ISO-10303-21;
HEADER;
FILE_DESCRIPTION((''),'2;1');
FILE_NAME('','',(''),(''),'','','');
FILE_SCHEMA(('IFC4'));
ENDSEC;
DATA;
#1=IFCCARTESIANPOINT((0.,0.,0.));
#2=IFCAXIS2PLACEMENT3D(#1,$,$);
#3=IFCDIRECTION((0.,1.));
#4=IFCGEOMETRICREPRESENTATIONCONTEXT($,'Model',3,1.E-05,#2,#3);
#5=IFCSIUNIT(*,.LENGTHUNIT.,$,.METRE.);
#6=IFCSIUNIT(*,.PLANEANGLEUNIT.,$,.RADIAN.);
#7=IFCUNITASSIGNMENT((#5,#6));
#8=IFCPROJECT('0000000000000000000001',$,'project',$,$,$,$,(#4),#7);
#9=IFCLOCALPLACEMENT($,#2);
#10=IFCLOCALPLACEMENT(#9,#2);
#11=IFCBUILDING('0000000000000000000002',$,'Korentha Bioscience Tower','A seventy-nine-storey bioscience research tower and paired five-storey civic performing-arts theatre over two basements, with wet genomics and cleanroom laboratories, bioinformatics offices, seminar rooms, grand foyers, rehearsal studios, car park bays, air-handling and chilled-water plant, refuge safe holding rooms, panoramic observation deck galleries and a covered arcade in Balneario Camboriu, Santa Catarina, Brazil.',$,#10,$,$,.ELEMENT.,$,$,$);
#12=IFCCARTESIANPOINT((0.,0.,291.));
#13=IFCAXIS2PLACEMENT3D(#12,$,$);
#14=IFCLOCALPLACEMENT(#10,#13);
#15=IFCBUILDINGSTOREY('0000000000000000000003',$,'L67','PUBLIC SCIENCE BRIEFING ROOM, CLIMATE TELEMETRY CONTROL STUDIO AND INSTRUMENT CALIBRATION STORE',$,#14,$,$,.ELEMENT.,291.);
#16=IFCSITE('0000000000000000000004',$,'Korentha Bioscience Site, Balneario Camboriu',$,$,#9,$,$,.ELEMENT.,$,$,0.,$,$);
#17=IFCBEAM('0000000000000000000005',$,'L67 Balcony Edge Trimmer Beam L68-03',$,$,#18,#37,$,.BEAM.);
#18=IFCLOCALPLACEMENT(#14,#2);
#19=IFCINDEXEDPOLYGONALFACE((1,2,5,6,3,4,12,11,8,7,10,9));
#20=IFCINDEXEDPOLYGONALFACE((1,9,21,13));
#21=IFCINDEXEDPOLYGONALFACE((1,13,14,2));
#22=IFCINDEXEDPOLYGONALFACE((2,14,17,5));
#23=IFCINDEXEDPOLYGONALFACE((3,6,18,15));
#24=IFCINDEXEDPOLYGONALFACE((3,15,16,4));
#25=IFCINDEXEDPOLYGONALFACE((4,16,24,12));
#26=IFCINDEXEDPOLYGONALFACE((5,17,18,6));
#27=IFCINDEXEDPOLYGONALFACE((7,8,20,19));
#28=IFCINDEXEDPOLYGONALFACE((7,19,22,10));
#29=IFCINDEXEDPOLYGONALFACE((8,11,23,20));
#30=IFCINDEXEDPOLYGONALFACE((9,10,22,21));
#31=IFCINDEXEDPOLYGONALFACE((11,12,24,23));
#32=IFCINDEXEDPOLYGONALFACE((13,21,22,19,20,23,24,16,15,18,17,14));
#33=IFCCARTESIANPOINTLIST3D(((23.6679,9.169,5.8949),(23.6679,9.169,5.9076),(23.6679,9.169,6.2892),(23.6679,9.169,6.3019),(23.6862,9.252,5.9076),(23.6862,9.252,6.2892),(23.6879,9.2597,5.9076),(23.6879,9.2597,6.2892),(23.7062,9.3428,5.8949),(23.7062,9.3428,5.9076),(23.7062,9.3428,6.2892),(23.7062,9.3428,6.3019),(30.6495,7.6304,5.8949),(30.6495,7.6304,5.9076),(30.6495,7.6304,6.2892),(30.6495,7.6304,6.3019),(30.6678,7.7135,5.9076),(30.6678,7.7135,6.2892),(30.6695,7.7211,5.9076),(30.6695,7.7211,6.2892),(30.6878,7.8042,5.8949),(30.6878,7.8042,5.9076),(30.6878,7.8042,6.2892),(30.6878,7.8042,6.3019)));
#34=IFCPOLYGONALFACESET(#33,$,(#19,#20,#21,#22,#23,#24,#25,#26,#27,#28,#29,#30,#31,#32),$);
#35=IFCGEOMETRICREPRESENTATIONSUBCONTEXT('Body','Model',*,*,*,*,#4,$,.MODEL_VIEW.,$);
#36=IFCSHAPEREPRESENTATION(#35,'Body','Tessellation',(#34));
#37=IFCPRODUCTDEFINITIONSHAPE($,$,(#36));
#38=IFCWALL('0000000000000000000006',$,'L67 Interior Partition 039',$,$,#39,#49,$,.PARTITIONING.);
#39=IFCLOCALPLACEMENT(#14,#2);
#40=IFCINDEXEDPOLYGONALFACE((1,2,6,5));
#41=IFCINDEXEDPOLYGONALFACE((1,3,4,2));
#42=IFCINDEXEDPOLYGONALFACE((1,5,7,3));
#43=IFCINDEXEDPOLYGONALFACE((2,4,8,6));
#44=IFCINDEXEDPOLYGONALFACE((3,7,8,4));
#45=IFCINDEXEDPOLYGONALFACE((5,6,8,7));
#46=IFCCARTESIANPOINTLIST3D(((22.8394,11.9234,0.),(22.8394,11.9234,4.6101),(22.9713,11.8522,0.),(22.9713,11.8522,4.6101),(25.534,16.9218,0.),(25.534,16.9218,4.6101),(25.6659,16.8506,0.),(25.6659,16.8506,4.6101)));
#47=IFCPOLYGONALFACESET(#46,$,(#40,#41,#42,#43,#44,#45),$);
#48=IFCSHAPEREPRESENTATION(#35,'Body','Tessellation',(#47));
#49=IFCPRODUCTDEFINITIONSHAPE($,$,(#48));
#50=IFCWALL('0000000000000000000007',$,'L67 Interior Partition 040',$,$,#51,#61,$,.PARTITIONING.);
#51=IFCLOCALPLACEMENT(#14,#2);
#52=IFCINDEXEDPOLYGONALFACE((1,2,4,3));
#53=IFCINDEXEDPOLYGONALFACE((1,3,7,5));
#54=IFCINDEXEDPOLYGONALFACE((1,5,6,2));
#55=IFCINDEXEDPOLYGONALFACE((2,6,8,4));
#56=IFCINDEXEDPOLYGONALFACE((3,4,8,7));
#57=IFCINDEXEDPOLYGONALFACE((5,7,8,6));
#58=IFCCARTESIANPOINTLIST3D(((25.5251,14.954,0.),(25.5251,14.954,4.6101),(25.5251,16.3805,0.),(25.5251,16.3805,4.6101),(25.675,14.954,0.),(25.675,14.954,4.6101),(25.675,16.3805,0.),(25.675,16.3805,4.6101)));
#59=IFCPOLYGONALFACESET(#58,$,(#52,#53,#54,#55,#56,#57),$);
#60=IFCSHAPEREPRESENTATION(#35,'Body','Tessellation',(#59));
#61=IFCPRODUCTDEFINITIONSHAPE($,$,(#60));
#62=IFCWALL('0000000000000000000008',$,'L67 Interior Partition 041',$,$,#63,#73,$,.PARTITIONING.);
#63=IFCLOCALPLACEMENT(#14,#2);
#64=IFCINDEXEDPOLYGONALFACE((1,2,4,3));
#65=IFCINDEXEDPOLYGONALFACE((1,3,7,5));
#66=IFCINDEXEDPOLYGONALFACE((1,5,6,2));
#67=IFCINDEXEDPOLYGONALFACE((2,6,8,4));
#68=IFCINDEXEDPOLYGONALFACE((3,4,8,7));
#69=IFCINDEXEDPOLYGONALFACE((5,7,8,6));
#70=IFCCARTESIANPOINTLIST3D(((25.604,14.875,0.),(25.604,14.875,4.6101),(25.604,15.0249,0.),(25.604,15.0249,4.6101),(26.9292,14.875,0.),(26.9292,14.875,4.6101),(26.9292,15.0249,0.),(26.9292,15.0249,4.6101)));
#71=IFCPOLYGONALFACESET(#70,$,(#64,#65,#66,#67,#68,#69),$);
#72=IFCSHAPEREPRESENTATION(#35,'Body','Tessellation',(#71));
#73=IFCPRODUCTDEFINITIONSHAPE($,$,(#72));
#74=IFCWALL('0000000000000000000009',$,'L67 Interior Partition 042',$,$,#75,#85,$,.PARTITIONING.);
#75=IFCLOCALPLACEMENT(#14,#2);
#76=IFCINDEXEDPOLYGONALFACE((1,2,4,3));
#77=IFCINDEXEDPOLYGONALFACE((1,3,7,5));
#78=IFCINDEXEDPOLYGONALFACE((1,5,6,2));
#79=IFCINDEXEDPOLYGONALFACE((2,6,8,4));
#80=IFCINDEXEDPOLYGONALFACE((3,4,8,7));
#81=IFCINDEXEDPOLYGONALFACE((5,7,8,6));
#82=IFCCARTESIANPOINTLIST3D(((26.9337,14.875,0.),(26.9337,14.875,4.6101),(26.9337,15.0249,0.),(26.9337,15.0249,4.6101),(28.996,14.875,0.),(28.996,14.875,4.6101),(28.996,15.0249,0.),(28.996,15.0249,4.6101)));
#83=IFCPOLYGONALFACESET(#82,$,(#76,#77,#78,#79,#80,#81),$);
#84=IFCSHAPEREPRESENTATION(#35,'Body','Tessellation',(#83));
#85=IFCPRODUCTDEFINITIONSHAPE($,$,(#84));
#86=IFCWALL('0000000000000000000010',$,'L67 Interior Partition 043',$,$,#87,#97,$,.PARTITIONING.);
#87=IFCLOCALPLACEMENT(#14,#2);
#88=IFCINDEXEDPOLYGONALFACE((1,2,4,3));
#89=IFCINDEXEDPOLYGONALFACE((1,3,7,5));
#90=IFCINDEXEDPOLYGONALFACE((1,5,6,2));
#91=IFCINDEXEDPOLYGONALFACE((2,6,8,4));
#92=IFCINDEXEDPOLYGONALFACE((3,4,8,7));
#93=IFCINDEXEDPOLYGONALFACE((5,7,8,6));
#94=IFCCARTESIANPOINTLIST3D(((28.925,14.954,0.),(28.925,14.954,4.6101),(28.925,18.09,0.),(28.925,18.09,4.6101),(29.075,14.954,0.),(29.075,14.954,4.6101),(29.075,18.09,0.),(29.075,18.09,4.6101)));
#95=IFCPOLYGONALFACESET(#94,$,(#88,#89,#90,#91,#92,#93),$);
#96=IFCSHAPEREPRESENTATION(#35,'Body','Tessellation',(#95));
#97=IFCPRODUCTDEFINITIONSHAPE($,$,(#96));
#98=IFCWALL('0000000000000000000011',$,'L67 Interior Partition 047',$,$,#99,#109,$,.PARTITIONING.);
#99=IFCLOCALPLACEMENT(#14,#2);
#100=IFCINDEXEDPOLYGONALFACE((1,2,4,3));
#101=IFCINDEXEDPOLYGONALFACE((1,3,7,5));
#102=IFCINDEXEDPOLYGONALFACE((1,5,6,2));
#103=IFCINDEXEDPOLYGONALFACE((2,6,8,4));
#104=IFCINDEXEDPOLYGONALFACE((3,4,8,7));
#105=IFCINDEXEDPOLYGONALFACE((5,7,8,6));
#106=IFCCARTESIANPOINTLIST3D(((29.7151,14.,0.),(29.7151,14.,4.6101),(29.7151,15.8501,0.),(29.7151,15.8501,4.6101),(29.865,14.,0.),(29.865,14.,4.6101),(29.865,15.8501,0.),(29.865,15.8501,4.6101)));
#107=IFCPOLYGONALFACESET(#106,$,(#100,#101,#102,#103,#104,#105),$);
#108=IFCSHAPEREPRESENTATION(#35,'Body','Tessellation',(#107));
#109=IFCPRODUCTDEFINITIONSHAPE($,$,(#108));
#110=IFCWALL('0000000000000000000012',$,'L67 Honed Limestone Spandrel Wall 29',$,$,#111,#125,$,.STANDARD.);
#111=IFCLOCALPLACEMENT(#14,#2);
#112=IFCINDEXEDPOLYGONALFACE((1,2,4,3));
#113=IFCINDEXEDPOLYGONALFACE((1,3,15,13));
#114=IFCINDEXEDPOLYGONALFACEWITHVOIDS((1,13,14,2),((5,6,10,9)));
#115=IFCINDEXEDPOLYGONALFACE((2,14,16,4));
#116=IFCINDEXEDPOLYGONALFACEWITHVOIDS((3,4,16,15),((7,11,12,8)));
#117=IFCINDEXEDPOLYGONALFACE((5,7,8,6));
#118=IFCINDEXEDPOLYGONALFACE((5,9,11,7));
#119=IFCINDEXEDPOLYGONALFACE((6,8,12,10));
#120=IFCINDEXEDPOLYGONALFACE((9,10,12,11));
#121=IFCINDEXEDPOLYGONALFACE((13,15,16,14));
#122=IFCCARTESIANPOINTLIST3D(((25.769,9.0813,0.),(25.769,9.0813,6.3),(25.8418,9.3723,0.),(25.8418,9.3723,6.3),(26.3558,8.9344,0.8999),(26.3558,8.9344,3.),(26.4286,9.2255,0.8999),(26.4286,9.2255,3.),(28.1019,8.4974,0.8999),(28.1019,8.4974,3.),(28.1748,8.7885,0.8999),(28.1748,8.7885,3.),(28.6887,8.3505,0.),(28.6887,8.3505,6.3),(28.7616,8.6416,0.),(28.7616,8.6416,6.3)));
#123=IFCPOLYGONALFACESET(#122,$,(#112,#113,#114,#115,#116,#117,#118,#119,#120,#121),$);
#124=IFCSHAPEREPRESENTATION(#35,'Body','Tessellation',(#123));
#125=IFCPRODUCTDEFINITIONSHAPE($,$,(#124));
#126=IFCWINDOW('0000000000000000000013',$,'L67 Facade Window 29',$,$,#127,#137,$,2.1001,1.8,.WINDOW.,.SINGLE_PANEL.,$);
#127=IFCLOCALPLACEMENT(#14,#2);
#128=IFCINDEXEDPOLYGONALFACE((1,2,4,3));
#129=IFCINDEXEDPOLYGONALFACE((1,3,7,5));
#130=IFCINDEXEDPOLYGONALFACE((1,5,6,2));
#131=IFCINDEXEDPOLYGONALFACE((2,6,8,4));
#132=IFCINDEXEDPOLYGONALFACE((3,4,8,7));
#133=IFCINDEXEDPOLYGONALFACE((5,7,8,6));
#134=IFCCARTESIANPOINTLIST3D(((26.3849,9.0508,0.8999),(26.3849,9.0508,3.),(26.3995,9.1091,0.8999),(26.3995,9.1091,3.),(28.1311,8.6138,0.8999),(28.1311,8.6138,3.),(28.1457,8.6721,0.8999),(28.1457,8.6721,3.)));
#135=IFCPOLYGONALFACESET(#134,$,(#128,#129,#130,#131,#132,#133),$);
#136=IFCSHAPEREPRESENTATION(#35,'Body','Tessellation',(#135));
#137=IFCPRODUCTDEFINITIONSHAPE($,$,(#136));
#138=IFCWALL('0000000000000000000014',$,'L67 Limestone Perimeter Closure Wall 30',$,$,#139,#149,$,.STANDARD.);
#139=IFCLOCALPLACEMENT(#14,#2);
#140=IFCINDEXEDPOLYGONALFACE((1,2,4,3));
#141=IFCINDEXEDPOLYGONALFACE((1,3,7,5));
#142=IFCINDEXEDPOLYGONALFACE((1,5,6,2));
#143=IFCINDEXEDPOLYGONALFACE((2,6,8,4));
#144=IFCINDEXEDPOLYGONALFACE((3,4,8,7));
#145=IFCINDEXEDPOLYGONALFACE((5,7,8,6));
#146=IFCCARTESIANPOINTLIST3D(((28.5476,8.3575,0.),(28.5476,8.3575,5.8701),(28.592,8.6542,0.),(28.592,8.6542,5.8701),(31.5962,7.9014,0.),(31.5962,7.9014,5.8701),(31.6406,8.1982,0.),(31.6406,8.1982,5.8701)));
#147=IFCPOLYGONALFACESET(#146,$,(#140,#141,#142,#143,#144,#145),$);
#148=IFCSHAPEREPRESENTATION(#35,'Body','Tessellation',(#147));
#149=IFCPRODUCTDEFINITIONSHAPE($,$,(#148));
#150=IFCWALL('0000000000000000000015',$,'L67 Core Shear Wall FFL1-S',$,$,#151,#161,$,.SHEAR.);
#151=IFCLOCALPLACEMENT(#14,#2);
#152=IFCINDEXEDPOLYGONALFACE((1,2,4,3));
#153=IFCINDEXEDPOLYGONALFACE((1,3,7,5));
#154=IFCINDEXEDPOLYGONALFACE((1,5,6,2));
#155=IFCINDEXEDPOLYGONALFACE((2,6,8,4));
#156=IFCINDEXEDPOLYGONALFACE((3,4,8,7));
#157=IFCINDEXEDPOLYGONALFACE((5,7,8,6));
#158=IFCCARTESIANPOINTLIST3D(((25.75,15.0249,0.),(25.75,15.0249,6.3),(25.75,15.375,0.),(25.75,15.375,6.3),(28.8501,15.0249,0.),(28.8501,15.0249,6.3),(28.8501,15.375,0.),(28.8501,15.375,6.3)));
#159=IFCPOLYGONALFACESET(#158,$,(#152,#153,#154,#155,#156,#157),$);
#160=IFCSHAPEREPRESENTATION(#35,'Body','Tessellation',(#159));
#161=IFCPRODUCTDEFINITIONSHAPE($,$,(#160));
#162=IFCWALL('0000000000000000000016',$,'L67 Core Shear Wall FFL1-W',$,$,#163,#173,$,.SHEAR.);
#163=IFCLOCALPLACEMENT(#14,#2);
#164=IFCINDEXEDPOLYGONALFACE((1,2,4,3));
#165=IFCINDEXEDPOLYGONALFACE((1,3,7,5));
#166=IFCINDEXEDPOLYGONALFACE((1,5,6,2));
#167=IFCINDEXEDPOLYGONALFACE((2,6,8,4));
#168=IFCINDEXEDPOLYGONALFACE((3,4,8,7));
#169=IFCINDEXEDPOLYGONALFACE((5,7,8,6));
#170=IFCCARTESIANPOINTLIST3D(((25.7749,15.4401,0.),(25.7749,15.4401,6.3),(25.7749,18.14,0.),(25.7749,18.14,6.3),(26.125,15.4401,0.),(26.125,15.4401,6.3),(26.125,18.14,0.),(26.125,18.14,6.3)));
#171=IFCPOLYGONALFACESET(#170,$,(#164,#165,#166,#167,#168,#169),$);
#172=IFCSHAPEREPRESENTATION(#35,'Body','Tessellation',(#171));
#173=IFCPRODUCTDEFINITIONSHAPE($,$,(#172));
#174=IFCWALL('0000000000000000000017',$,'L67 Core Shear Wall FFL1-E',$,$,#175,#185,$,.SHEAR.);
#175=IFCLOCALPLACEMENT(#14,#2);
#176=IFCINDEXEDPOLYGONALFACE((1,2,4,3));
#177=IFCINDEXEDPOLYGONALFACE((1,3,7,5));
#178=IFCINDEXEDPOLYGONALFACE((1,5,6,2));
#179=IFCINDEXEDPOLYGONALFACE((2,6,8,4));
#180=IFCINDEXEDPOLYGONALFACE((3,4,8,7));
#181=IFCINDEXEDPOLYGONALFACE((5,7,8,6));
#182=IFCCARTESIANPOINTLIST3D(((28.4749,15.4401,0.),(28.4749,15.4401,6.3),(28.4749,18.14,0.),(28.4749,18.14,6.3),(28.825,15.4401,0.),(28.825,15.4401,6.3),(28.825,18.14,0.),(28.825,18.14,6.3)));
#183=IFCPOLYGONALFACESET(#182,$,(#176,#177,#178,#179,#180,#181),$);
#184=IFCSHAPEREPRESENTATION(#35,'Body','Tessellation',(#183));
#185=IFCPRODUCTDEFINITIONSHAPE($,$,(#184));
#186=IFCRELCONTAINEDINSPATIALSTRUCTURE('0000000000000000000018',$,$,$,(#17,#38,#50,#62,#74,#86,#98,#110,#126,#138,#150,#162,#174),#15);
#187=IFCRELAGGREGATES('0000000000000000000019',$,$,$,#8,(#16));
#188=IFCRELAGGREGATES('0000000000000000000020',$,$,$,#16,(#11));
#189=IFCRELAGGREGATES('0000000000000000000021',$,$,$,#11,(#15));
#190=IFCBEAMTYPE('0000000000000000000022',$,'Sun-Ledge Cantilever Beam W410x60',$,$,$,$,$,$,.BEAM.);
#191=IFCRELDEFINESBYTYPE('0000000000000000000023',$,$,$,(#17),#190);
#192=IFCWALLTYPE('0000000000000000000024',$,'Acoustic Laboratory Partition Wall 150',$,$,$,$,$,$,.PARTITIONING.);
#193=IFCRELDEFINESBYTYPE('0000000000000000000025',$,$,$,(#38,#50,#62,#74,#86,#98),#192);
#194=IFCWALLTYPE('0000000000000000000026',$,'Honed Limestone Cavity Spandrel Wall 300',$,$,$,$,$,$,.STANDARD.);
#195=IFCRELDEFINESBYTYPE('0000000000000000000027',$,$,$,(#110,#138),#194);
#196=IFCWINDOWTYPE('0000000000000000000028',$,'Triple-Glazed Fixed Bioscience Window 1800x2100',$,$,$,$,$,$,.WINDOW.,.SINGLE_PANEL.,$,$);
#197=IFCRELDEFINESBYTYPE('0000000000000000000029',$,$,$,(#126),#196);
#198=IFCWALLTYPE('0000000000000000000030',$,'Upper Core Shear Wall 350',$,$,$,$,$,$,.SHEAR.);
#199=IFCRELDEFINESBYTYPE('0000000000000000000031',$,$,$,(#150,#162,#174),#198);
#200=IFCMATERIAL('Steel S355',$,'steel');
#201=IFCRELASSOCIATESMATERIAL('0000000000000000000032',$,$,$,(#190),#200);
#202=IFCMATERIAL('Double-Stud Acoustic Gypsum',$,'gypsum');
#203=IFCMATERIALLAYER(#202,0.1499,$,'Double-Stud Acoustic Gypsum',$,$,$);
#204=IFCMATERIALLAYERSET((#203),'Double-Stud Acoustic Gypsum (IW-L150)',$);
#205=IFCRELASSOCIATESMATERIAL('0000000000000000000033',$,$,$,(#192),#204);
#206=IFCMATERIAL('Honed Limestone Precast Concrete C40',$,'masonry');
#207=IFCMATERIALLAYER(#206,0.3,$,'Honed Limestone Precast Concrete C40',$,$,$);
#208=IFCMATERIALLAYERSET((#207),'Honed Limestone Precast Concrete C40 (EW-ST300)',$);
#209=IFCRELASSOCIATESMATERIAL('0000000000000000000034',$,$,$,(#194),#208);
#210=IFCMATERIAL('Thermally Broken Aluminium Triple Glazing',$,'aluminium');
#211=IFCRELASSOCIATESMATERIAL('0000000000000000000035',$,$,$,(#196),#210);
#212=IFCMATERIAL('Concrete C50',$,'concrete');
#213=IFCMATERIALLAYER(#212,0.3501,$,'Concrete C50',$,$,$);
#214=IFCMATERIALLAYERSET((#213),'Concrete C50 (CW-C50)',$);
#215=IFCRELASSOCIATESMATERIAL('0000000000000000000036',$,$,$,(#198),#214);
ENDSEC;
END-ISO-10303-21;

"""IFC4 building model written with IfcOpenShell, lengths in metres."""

from ifc_helpers import new_model, si_unit, direction, frame, frame_2d, origin, origin_2d, place, context, subcontext, project, spatial, rectangle, i_section, extrude, material, layer, layer_set, material_profile, profile_set, type_object, element, fill, save


model = new_model("IFC4")

# Units and contexts
model_context = context("Model", 3, precision=1e-05, world=origin(), true_north=direction((0.0, 1.0)))
body_context = subcontext(model_context, "Body", "Model", "MODEL_VIEW")
ifc_project = project(units=[si_unit("LENGTHUNIT", "METRE"), si_unit("PLANEANGLEUNIT", "RADIAN")], contexts=[model_context])

# Site, building, storey
site_placement = place(None, origin())
site = spatial("IfcSite", under=ifc_project, at=site_placement, Name="Korentha Bioscience Site, Balneario Camboriu", CompositionType="ELEMENT", RefElevation=0.0)
building_placement = place(site_placement, origin())
building = spatial("IfcBuilding", under=site, at=building_placement, Name="Korentha Bioscience Tower", Description="A seventy-nine-storey bioscience research tower and paired five-storey civic performing-arts theatre over two basements, with wet genomics and cleanroom laboratories, bioinformatics offices, seminar rooms, grand foyers, rehearsal studios, car park bays, air-handling and chilled-water plant, refuge safe holding rooms, panoramic observation deck galleries and a covered arcade in Balneario Camboriu, Santa Catarina, Brazil.", CompositionType="ELEMENT")
storey_placement = place(building_placement, frame((0.0, 0.0, 291.0)))
storey = spatial("IfcBuildingStorey", under=building, at=storey_placement, Name="L67", Description="PUBLIC SCIENCE BRIEFING ROOM, CLIMATE TELEMETRY CONTROL STUDIO AND INSTRUMENT CALIBRATION STORE", CompositionType="ELEMENT", Elevation=291.0)

# Shared definitions
ifc_material_1 = material(Name="Concrete C50", Category="concrete")

# Beam
ifc_material_2 = material(Name="Steel S355", Category="steel")
ifc_material_profile_1 = material_profile(ifc_material_2, i_section(OverallWidth=0.178, OverallDepth=0.407, WebThickness=0.0078, FlangeThickness=0.0127, at=origin_2d()), Name="Steel S355")
ifc_profile_set_1 = profile_set([ifc_material_profile_1], Name="Steel S355 (CB-410)")
beam_type_1 = type_object("IfcBeamType", Name="Sun-Ledge Cantilever Beam W410x60", PredefinedType="BEAM", material=ifc_profile_set_1)
beam_1_placement = place(storey_placement, frame((23.687, 9.2559, 6.0984), z_axis=(0.976568, -0.215209, 0.0), x_axis=(0.215209, 0.976568, 0.0)))
element("IfcBeam", 1, at=beam_1_placement, inside=storey, type_object=beam_type_1, Name="L67 Balcony Edge Trimmer Beam L68-03", PredefinedType="BEAM", context=body_context, shape_type="SweptSolid", body=[
    extrude(i_section(OverallWidth=0.178, OverallDepth=0.407, WebThickness=0.0078, FlangeThickness=0.0127, at=origin_2d()), origin(), (0.0, 0.0, 1.0), 7.1492),
])

# Shared definitions
ifc_material_3 = material(Name="Double-Stud Acoustic Gypsum", Category="gypsum")
ifc_layer_1 = layer(ifc_material_3, 0.1499, Name="Double-Stud Acoustic Gypsum")
ifc_layer_set_1 = layer_set([ifc_layer_1], Name="Double-Stud Acoustic Gypsum (IW-L150)")
wall_type_1 = type_object("IfcWallType", Name="Acoustic Laboratory Partition Wall 150", PredefinedType="PARTITIONING", material=ifc_layer_set_1)

# Walls
wall_1_placement = place(storey_placement, frame((22.9053, 11.8877, 0.0), z_axis=(0.0, 0.0, 1.0), x_axis=(0.474536, 0.880236, 0.0)))
element("IfcWall", 2, at=wall_1_placement, inside=storey, type_object=wall_type_1, Name="L67 Interior Partition 039", PredefinedType="PARTITIONING", context=body_context, shape_type="SweptSolid", body=[
    extrude(rectangle(XDim=5.6785, YDim=0.1499, at=frame_2d((2.8394, 0.0))), origin(), (0.0, 0.0, 1.0), 4.6101),
])
wall_2_placement = place(storey_placement, frame((25.6001, 16.3806, 0.0), z_axis=(0.0, 0.0, 1.0), x_axis=(0.0, -1.0, 0.0)))
element("IfcWall", 3, at=wall_2_placement, inside=storey, type_object=wall_type_1, Name="L67 Interior Partition 040", PredefinedType="PARTITIONING", context=body_context, shape_type="SweptSolid", body=[
    extrude(rectangle(XDim=1.4265, YDim=0.1499, at=frame_2d((0.7134, 0.0))), origin(), (0.0, 0.0, 1.0), 4.6101),
])
wall_3_placement = place(storey_placement, frame((25.604, 14.95, 0.0), z_axis=(0.0, 0.0, 1.0), x_axis=(1.0, 0.0, 0.0)))
element("IfcWall", 4, at=wall_3_placement, inside=storey, type_object=wall_type_1, Name="L67 Interior Partition 041", PredefinedType="PARTITIONING", context=body_context, shape_type="SweptSolid", body=[
    extrude(rectangle(XDim=1.3252, YDim=0.1499, at=frame_2d((0.6626, 0.0))), origin(), (0.0, 0.0, 1.0), 4.6101),
])
wall_4_placement = place(storey_placement, frame((26.9336, 14.95, 0.0), z_axis=(0.0, 0.0, 1.0), x_axis=(1.0, 0.0, 0.0)))
element("IfcWall", 5, at=wall_4_placement, inside=storey, type_object=wall_type_1, Name="L67 Interior Partition 042", PredefinedType="PARTITIONING", context=body_context, shape_type="SweptSolid", body=[
    extrude(rectangle(XDim=2.0623, YDim=0.1499, at=frame_2d((1.0312, 0.0))), origin(), (0.0, 0.0, 1.0), 4.6101),
])
wall_5_placement = place(storey_placement, frame((29.0, 14.9541, 0.0), z_axis=(0.0, 0.0, 1.0), x_axis=(0.0, 1.0, 0.0)))
element("IfcWall", 6, at=wall_5_placement, inside=storey, type_object=wall_type_1, Name="L67 Interior Partition 043", PredefinedType="PARTITIONING", context=body_context, shape_type="SweptSolid", body=[
    extrude(rectangle(XDim=3.136, YDim=0.1499, at=frame_2d((1.5679, 0.0))), origin(), (0.0, 0.0, 1.0), 4.6101),
])
wall_6_placement = place(storey_placement, frame((29.79, 15.8501, 0.0), z_axis=(0.0, 0.0, 1.0), x_axis=(0.0, -1.0, 0.0)))
element("IfcWall", 7, at=wall_6_placement, inside=storey, type_object=wall_type_1, Name="L67 Interior Partition 047", PredefinedType="PARTITIONING", context=body_context, shape_type="SweptSolid", body=[
    extrude(rectangle(XDim=1.8501, YDim=0.1499, at=frame_2d((0.925, 0.0))), origin(), (0.0, 0.0, 1.0), 4.6101),
])

# Wall, opening, window
ifc_material_4 = material(Name="Honed Limestone Precast Concrete C40", Category="masonry")
ifc_layer_2 = layer(ifc_material_4, 0.3, Name="Honed Limestone Precast Concrete C40")
ifc_layer_set_2 = layer_set([ifc_layer_2], Name="Honed Limestone Precast Concrete C40 (EW-ST300)")
wall_type_2 = type_object("IfcWallType", Name="Honed Limestone Cavity Spandrel Wall 300", PredefinedType="STANDARD", material=ifc_layer_set_2)
wall_7_placement = place(storey_placement, frame((25.8054, 9.2268, 0.0), z_axis=(0.0, 0.0, 1.0), x_axis=(0.97008, -0.242784, 0.0)))
wall_7 = element("IfcWall", 8, at=wall_7_placement, inside=storey, type_object=wall_type_2, Name="L67 Honed Limestone Spandrel Wall 29", PredefinedType="STANDARD", context=body_context, shape_type="SweptSolid", body=[
    extrude(rectangle(XDim=3.0098, YDim=0.3, at=frame_2d((1.5049, 0.0))), origin(), (0.0, 0.0, 1.0), 6.3),
])
opening_1_placement = place(wall_7_placement, frame((0.605, 0.0, 0.8999)))
opening_1 = element("IfcOpeningElement", 9, at=opening_1_placement, cuts=wall_7, PredefinedType="OPENING", context=body_context, shape_type="SweptSolid", body=[
    extrude(rectangle(XDim=1.8, YDim=2.1001, at=frame_2d((0.8999, 1.05))), frame((0.0, 0.165, 0.0), z_axis=(0.0, -1.0, 0.0), x_axis=(1.0, 0.0, 0.0)), (0.0, 0.0, 1.0), 0.3298),
])
ifc_material_5 = material(Name="Thermally Broken Aluminium Triple Glazing", Category="aluminium")
window_type = type_object("IfcWindowType", Name="Triple-Glazed Fixed Bioscience Window 1800x2100", PartitioningType="SINGLE_PANEL", PredefinedType="WINDOW", material=ifc_material_5)
window_placement = place(opening_1_placement, origin())
window = element("IfcWindow", 10, at=window_placement, inside=storey, type_object=window_type, Name="L67 Facade Window 29", OverallHeight=2.1001, OverallWidth=1.8, PartitioningType="SINGLE_PANEL", PredefinedType="WINDOW", context=body_context, shape_type="SweptSolid", body=[
    extrude(rectangle(XDim=1.8, YDim=2.1001, at=frame_2d((0.8999, 1.05))), frame((0.0, 0.03, 0.0), z_axis=(0.0, -1.0, 0.0), x_axis=(1.0, 0.0, 0.0)), (0.0, 0.0, 1.0), 0.0601),
])
fill(opening_1, window)

# Walls
wall_8_placement = place(storey_placement, frame((28.5698, 8.5059, 0.0), z_axis=(0.0, 0.0, 1.0), x_axis=(0.988995, -0.147949, 0.0)))
element("IfcWall", 11, at=wall_8_placement, inside=storey, type_object=wall_type_2, Name="L67 Limestone Perimeter Closure Wall 30", PredefinedType="STANDARD", context=body_context, shape_type="SweptSolid", body=[
    extrude(rectangle(XDim=3.0825, YDim=0.3, at=frame_2d((1.5413, 0.0))), origin(), (0.0, 0.0, 1.0), 5.8701),
])
ifc_layer_3 = layer(ifc_material_1, 0.3501, Name="Concrete C50")
ifc_layer_set_3 = layer_set([ifc_layer_3], Name="Concrete C50 (CW-C50)")
wall_type_3 = type_object("IfcWallType", Name="Upper Core Shear Wall 350", PredefinedType="SHEAR", material=ifc_layer_set_3)
wall_9_placement = place(storey_placement, frame((25.75, 15.2, 0.0), z_axis=(0.0, 0.0, 1.0), x_axis=(1.0, 0.0, 0.0)))
element("IfcWall", 12, at=wall_9_placement, inside=storey, type_object=wall_type_3, Name="L67 Core Shear Wall FFL1-S", PredefinedType="SHEAR", context=body_context, shape_type="SweptSolid", body=[
    extrude(rectangle(XDim=3.1001, YDim=0.3501, at=frame_2d((1.55, 0.0))), origin(), (0.0, 0.0, 1.0), 6.3),
])
for number, where, z_axis, x_axis, name in (
    (13, (25.95, 15.4399, 0.0), (0.0, 0.0, 1.0), (0.0, 1.0, 0.0), "L67 Core Shear Wall FFL1-W"),
    (14, (28.6499, 15.4399, 0.0), (0.0, 0.0, 1.0), (0.0, 1.0, 0.0), "L67 Core Shear Wall FFL1-E"),
):
    element("IfcWall", number, at=place(storey_placement, frame(where, z_axis=z_axis, x_axis=x_axis)), inside=storey, type_object=wall_type_3, Name=name, PredefinedType="SHEAR", context=body_context, shape_type="SweptSolid", body=[
        extrude(rectangle(XDim=2.7, YDim=0.3501, at=frame_2d((1.3501, 0.0))), origin(), (0.0, 0.0, 1.0), 6.3),
    ])

save(model, "model.ifc")
